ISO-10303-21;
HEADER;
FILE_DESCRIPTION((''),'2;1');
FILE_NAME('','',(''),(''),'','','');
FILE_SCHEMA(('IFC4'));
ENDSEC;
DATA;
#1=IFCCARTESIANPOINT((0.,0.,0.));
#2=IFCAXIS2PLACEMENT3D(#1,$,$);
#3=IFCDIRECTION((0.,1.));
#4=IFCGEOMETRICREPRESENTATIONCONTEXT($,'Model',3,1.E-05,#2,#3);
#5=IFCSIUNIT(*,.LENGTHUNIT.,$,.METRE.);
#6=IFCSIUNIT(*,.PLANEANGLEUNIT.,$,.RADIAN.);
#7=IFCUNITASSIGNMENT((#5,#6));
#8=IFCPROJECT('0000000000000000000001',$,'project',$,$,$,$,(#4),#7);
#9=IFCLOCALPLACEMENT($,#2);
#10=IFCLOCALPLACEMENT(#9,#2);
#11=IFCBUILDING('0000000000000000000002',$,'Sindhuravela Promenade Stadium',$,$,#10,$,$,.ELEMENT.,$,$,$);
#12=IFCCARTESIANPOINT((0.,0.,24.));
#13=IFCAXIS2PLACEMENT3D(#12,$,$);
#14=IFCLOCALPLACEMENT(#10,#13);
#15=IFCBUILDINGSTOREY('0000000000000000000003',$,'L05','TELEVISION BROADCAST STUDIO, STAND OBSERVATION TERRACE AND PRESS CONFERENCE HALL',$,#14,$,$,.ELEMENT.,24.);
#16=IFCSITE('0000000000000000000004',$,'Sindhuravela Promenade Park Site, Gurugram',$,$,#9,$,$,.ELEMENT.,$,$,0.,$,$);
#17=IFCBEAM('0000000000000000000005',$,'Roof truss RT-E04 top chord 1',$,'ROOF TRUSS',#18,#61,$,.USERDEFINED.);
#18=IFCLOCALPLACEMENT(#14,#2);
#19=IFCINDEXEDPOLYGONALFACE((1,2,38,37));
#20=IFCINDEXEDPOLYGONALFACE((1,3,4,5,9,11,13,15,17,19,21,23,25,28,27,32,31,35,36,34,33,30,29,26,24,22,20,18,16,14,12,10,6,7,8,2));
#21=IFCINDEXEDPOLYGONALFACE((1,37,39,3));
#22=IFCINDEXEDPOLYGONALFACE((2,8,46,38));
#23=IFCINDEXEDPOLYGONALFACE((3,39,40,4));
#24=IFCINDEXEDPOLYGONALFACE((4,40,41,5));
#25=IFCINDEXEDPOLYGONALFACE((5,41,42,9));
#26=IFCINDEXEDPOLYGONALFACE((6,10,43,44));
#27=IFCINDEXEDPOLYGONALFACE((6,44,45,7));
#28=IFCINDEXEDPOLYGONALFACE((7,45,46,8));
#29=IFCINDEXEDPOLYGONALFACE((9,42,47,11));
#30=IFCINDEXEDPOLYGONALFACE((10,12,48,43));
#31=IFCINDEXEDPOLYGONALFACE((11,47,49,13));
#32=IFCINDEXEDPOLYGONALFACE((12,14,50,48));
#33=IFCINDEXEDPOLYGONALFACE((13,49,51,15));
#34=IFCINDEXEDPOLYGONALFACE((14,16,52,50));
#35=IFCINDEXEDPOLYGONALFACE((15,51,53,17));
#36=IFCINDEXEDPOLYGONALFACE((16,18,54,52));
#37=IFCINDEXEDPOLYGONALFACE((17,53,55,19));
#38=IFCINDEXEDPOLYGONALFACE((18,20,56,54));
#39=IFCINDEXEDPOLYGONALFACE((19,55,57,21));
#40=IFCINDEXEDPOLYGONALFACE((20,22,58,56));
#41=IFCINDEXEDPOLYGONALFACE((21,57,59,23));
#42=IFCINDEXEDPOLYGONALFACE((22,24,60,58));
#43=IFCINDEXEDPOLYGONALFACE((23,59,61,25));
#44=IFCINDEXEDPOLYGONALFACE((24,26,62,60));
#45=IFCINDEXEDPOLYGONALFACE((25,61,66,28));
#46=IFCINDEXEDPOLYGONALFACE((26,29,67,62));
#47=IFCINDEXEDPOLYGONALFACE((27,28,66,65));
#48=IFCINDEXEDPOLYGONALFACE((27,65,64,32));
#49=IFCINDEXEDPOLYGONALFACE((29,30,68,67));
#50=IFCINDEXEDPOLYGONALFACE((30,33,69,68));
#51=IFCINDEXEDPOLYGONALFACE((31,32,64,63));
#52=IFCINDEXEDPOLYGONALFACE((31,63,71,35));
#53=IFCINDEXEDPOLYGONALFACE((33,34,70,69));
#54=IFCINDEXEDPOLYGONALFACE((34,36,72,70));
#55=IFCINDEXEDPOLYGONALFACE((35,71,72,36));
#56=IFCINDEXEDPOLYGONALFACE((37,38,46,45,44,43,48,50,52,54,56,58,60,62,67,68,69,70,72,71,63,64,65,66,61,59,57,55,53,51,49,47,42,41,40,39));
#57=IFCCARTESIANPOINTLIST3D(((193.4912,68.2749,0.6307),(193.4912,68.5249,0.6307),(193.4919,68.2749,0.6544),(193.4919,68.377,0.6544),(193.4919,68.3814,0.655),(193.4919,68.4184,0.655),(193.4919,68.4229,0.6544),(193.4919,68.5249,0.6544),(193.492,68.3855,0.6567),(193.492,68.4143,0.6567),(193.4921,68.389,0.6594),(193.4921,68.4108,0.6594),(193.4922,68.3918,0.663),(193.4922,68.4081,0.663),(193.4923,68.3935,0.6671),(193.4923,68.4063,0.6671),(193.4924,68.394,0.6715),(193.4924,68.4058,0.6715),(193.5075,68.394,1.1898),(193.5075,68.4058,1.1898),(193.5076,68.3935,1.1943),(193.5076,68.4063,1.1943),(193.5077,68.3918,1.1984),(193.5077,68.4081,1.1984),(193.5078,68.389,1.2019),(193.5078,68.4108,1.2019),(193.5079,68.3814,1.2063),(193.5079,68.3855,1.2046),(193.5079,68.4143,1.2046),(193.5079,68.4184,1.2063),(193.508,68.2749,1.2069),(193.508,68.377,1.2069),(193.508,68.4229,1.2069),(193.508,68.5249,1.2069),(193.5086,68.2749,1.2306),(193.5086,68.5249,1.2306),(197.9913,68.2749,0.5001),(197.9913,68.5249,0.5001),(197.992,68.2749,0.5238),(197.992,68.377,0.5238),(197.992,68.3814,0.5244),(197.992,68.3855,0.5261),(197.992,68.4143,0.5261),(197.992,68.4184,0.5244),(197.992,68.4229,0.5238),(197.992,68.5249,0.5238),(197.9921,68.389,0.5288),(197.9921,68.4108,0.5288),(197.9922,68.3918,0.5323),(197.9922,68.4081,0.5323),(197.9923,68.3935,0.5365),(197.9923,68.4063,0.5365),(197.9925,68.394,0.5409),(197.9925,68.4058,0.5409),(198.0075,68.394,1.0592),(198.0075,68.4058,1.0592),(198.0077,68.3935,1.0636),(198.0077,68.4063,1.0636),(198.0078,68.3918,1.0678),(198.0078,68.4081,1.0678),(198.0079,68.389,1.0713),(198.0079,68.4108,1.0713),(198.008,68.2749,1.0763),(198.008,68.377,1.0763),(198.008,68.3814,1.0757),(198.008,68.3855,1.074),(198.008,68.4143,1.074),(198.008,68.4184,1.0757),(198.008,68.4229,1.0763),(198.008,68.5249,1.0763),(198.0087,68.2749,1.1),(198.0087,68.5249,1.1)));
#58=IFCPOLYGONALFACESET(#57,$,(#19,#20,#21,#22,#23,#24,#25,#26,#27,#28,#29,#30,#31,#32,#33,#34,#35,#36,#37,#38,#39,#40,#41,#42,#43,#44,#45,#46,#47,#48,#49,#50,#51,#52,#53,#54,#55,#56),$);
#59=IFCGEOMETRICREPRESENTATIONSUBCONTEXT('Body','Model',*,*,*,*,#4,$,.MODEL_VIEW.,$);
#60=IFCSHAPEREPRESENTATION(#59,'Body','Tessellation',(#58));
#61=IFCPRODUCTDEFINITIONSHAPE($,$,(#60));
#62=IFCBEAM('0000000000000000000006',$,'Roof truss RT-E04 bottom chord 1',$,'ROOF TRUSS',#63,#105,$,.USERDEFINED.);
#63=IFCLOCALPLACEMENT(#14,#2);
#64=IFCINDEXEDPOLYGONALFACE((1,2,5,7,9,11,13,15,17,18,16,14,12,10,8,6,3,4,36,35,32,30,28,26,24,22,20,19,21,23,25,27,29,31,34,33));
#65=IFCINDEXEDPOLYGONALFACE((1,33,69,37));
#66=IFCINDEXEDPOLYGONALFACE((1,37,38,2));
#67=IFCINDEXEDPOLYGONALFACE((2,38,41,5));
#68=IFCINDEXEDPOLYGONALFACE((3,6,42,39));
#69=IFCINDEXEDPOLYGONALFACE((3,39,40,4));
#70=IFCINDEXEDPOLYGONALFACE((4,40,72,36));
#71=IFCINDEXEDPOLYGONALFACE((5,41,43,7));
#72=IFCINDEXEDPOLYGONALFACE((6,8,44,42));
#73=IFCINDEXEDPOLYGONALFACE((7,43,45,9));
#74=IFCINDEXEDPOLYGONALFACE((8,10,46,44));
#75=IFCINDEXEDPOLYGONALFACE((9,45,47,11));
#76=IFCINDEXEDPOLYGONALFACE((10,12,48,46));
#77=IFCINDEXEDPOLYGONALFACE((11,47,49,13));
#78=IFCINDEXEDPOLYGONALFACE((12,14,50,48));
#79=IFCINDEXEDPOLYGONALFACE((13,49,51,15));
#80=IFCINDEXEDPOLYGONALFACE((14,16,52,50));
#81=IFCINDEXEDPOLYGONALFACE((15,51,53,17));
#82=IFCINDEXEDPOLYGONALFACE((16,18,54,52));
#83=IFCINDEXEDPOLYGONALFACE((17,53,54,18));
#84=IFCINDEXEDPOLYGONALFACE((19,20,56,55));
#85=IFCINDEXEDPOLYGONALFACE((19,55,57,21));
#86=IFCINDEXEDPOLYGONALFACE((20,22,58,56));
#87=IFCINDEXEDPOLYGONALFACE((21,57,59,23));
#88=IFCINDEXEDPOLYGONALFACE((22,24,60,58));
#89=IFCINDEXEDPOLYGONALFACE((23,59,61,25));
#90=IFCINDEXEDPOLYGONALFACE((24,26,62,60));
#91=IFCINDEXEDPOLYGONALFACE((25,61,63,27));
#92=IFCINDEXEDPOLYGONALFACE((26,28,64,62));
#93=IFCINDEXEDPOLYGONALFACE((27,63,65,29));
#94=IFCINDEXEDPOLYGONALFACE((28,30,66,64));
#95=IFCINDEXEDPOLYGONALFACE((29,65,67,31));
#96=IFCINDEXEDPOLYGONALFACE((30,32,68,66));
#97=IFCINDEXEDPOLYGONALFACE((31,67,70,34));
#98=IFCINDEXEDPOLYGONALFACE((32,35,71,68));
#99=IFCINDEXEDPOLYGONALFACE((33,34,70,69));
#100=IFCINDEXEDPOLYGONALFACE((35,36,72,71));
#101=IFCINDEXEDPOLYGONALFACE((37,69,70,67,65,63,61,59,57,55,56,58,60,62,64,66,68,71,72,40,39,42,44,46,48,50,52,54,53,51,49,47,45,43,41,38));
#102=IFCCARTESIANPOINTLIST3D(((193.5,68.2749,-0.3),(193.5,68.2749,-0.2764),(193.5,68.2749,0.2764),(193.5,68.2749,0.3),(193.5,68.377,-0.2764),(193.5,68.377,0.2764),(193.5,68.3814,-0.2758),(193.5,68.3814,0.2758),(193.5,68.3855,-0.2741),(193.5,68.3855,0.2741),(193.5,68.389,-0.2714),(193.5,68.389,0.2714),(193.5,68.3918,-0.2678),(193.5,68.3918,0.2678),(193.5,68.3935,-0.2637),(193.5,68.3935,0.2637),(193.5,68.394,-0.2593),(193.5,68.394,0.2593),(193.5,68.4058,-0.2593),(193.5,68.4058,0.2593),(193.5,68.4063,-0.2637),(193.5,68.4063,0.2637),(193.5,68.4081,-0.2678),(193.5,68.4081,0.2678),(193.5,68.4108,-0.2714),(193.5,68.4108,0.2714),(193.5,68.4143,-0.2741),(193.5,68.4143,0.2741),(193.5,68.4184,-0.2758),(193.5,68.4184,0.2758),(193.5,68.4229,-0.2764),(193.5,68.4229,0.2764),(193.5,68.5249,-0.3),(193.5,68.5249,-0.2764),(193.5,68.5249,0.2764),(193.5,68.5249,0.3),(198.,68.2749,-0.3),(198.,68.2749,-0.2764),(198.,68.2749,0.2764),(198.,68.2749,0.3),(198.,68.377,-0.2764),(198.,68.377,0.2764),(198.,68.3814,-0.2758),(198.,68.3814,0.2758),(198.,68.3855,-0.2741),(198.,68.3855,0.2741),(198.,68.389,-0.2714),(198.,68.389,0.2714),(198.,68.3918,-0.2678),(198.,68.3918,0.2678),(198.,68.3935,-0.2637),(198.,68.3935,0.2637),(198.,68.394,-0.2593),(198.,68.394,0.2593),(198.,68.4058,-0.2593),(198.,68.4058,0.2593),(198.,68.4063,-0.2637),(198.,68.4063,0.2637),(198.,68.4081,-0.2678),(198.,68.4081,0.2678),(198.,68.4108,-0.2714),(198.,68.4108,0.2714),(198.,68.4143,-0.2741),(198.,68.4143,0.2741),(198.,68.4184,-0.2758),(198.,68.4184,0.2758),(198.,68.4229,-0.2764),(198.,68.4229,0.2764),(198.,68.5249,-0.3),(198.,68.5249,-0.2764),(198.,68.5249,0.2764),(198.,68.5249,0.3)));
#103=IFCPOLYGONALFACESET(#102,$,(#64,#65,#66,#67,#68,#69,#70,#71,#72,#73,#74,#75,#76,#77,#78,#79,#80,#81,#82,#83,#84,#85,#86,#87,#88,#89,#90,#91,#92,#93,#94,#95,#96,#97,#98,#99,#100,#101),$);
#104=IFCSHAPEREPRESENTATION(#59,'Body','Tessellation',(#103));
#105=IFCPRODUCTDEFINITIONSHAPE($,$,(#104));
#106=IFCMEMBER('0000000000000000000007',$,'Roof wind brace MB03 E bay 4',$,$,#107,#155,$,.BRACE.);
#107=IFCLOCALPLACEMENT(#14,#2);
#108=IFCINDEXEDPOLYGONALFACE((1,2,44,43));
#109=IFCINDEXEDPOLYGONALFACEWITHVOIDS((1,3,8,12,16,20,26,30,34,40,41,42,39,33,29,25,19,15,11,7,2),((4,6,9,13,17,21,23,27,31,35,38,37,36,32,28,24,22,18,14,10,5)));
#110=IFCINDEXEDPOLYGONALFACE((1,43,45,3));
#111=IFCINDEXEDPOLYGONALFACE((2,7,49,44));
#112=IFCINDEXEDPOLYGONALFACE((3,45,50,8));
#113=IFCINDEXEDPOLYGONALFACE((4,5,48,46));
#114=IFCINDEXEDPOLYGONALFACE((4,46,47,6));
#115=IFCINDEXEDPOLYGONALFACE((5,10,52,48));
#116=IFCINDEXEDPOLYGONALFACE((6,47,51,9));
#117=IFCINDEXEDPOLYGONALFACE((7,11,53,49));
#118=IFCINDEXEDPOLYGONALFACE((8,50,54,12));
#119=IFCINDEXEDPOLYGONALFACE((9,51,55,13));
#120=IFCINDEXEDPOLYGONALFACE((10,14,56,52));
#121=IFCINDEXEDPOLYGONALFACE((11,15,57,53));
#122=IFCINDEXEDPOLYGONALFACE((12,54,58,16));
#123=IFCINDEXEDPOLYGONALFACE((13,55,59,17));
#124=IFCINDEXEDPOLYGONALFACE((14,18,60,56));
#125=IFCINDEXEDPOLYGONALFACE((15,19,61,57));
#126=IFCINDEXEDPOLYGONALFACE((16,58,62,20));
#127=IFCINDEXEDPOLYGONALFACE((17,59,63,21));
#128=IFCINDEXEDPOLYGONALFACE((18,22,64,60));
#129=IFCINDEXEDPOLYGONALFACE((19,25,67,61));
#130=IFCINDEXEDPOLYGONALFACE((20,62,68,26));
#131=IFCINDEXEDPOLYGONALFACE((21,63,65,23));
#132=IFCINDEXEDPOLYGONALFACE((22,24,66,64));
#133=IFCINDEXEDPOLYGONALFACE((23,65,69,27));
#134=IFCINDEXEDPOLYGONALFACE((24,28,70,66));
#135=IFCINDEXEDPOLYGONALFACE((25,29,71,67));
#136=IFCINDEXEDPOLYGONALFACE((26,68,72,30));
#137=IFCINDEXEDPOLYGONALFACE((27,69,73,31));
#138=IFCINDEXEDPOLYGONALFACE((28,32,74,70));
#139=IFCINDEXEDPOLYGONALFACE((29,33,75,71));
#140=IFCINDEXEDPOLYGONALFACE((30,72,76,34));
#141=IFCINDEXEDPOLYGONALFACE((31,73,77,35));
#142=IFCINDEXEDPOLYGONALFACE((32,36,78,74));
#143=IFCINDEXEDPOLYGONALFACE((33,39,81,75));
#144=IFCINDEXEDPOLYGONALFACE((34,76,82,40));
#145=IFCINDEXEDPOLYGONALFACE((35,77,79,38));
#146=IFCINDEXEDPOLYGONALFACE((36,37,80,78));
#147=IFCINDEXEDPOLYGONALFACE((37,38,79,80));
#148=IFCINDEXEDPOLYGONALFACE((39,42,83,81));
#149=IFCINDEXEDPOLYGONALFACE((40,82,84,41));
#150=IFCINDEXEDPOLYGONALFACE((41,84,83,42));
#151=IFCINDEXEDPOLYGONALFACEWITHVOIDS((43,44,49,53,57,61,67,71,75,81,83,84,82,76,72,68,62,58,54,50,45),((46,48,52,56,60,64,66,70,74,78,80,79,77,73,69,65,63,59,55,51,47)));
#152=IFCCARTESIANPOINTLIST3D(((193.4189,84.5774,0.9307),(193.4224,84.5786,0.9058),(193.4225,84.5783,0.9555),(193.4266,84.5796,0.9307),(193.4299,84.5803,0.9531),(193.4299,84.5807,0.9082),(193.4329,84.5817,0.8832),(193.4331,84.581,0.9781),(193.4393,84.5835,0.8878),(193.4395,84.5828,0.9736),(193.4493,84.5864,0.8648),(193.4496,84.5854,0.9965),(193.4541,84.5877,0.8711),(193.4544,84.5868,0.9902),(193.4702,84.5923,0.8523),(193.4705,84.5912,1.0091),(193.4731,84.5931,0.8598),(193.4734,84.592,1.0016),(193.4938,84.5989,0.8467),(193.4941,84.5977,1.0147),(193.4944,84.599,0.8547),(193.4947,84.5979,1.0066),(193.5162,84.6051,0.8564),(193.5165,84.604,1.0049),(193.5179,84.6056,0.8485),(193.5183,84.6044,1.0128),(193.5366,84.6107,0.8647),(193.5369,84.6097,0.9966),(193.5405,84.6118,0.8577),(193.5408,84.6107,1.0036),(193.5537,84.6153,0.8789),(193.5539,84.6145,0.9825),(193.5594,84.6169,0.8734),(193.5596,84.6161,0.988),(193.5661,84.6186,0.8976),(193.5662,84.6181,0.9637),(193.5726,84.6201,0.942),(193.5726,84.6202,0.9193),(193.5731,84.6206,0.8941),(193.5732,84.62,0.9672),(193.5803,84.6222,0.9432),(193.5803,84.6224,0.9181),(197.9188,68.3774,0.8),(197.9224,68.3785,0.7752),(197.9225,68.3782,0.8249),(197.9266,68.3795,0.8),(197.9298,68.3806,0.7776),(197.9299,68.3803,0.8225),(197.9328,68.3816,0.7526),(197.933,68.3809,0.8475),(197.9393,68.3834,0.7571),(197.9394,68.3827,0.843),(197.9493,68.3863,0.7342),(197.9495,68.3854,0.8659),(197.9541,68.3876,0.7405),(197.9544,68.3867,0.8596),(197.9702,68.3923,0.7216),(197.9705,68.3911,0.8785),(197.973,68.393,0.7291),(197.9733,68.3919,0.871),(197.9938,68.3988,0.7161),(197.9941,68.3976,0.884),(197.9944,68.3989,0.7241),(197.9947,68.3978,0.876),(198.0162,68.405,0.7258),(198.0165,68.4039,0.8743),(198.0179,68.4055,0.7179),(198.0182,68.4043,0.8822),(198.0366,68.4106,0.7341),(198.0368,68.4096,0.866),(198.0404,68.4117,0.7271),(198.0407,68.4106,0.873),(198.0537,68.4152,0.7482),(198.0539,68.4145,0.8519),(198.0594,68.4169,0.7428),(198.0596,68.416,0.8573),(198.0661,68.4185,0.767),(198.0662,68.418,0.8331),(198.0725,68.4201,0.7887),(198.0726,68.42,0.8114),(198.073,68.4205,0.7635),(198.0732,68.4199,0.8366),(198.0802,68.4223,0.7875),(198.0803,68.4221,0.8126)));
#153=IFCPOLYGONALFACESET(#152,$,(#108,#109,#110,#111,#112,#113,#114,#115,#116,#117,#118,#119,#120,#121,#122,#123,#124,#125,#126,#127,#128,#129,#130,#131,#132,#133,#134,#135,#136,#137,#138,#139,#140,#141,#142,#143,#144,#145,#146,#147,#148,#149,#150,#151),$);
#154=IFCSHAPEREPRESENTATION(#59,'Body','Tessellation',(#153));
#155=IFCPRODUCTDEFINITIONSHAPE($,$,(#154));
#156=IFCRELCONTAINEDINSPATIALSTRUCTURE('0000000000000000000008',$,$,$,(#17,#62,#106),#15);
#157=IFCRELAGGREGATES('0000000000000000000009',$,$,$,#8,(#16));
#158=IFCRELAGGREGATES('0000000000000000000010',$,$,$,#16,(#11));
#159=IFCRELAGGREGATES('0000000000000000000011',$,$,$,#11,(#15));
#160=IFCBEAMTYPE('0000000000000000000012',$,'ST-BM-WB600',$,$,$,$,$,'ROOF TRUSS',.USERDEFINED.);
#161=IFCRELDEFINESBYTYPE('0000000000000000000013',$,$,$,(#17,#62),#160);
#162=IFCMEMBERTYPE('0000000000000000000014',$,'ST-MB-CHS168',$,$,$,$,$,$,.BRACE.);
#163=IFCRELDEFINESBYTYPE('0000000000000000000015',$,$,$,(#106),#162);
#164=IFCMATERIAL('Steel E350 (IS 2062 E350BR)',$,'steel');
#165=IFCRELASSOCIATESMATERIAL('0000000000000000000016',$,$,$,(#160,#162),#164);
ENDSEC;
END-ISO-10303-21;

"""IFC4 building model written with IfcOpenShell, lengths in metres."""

from ifc_helpers import new_model, si_unit, direction, frame, origin, origin_2d, place, context, subcontext, project, spatial, hollow_circle, i_section, extrude, material, material_profile, profile_set, type_object, element, save


model = new_model("IFC4")

# Units and contexts
model_context = context("Model", 3, precision=1e-05, world=origin(), true_north=direction((0.0, 1.0)))
body_context = subcontext(model_context, "Body", "Model", "MODEL_VIEW")
ifc_project = project(units=[si_unit("LENGTHUNIT", "METRE"), si_unit("PLANEANGLEUNIT", "RADIAN")], contexts=[model_context])

# Site, building, storey
site_placement = place(None, origin())
site = spatial("IfcSite", under=ifc_project, at=site_placement, Name="Sindhuravela Promenade Park Site, Gurugram", CompositionType="ELEMENT", RefElevation=0.0)
building_placement = place(site_placement, origin())
building = spatial("IfcBuilding", under=site, at=building_placement, Name="Sindhuravela Promenade Stadium", CompositionType="ELEMENT")
storey_placement = place(building_placement, frame((0.0, 0.0, 24.0)))
storey = spatial("IfcBuildingStorey", under=building, at=storey_placement, Name="L05", Description="TELEVISION BROADCAST STUDIO, STAND OBSERVATION TERRACE AND PRESS CONFERENCE HALL", CompositionType="ELEMENT", Elevation=24.0)

# Beams
ifc_material_1 = material(Name="Steel E350 (IS 2062 E350BR)", Category="steel")
ifc_material_profile_1 = material_profile(ifc_material_1, i_section(OverallWidth=0.25, OverallDepth=0.6001, WebThickness=0.0117, FlangeThickness=0.0237, FilletRadius=0.0171, at=origin_2d()), Name="ISWB 600")
ifc_profile_set_1 = profile_set([ifc_material_profile_1], Name="Steel E350 (IS 2062 E350BR)")
beam_type_1 = type_object("IfcBeamType", Name="ST-BM-WB600", ElementType="ROOF TRUSS", PredefinedType="USERDEFINED", material=ifc_profile_set_1)
beam_1_placement = place(storey_placement, frame((198.0, 68.3999, 0.8), z_axis=(-0.999579, 0.0, 0.029013), x_axis=(0.0, -1.0, 0.0)))
element("IfcBeam", 1, at=beam_1_placement, inside=storey, type_object=beam_type_1, Name="Roof truss RT-E04 top chord 1", ObjectType="ROOF TRUSS", PredefinedType="USERDEFINED", context=body_context, shape_type="SweptSolid", body=[
    extrude(i_section(OverallWidth=0.25, OverallDepth=0.6001, WebThickness=0.0117, FlangeThickness=0.0237, FilletRadius=0.0171, at=origin_2d()), origin(), (0.0, 0.0, 1.0), 4.502),
])
beam_2_placement = place(storey_placement, frame((198.0, 68.3999, 0.0), z_axis=(-1.0, 0.0, 0.0), x_axis=(0.0, -1.0, 0.0)))
element("IfcBeam", 2, at=beam_2_placement, inside=storey, type_object=beam_type_1, Name="Roof truss RT-E04 bottom chord 1", ObjectType="ROOF TRUSS", PredefinedType="USERDEFINED", context=body_context, shape_type="SweptSolid", body=[
    extrude(i_section(OverallWidth=0.25, OverallDepth=0.6001, WebThickness=0.0117, FlangeThickness=0.0237, FilletRadius=0.0171, at=origin_2d()), origin(), (0.0, 0.0, 1.0), 4.5),
])

# Member
ifc_material_profile_2 = material_profile(ifc_material_1, hollow_circle(Radius=0.0842, WallThickness=0.0081, at=origin_2d()), Name="CHS 168.3x8")
ifc_profile_set_2 = profile_set([ifc_material_profile_2], Name="Steel E350 (IS 2062 E350BR)")
member_type_1 = type_object("IfcMemberType", Name="ST-MB-CHS168", PredefinedType="BRACE", material=ifc_profile_set_2)
member_1_placement = place(storey_placement, frame((198.0, 68.3999, 0.8), z_axis=(-0.267633, 0.96349, 0.007768), x_axis=(-0.963519, -0.267641, 0.0)))
element("IfcMember", 3, at=member_1_placement, inside=storey, type_object=member_type_1, Name="Roof wind brace MB03 E bay 4", PredefinedType="BRACE", context=body_context, shape_type="SweptSolid", body=[
    extrude(hollow_circle(Radius=0.0842, WallThickness=0.0081, at=origin_2d()), origin(), (0.0, 0.0, 1.0), 16.814),
])

save(model, "model.ifc")
